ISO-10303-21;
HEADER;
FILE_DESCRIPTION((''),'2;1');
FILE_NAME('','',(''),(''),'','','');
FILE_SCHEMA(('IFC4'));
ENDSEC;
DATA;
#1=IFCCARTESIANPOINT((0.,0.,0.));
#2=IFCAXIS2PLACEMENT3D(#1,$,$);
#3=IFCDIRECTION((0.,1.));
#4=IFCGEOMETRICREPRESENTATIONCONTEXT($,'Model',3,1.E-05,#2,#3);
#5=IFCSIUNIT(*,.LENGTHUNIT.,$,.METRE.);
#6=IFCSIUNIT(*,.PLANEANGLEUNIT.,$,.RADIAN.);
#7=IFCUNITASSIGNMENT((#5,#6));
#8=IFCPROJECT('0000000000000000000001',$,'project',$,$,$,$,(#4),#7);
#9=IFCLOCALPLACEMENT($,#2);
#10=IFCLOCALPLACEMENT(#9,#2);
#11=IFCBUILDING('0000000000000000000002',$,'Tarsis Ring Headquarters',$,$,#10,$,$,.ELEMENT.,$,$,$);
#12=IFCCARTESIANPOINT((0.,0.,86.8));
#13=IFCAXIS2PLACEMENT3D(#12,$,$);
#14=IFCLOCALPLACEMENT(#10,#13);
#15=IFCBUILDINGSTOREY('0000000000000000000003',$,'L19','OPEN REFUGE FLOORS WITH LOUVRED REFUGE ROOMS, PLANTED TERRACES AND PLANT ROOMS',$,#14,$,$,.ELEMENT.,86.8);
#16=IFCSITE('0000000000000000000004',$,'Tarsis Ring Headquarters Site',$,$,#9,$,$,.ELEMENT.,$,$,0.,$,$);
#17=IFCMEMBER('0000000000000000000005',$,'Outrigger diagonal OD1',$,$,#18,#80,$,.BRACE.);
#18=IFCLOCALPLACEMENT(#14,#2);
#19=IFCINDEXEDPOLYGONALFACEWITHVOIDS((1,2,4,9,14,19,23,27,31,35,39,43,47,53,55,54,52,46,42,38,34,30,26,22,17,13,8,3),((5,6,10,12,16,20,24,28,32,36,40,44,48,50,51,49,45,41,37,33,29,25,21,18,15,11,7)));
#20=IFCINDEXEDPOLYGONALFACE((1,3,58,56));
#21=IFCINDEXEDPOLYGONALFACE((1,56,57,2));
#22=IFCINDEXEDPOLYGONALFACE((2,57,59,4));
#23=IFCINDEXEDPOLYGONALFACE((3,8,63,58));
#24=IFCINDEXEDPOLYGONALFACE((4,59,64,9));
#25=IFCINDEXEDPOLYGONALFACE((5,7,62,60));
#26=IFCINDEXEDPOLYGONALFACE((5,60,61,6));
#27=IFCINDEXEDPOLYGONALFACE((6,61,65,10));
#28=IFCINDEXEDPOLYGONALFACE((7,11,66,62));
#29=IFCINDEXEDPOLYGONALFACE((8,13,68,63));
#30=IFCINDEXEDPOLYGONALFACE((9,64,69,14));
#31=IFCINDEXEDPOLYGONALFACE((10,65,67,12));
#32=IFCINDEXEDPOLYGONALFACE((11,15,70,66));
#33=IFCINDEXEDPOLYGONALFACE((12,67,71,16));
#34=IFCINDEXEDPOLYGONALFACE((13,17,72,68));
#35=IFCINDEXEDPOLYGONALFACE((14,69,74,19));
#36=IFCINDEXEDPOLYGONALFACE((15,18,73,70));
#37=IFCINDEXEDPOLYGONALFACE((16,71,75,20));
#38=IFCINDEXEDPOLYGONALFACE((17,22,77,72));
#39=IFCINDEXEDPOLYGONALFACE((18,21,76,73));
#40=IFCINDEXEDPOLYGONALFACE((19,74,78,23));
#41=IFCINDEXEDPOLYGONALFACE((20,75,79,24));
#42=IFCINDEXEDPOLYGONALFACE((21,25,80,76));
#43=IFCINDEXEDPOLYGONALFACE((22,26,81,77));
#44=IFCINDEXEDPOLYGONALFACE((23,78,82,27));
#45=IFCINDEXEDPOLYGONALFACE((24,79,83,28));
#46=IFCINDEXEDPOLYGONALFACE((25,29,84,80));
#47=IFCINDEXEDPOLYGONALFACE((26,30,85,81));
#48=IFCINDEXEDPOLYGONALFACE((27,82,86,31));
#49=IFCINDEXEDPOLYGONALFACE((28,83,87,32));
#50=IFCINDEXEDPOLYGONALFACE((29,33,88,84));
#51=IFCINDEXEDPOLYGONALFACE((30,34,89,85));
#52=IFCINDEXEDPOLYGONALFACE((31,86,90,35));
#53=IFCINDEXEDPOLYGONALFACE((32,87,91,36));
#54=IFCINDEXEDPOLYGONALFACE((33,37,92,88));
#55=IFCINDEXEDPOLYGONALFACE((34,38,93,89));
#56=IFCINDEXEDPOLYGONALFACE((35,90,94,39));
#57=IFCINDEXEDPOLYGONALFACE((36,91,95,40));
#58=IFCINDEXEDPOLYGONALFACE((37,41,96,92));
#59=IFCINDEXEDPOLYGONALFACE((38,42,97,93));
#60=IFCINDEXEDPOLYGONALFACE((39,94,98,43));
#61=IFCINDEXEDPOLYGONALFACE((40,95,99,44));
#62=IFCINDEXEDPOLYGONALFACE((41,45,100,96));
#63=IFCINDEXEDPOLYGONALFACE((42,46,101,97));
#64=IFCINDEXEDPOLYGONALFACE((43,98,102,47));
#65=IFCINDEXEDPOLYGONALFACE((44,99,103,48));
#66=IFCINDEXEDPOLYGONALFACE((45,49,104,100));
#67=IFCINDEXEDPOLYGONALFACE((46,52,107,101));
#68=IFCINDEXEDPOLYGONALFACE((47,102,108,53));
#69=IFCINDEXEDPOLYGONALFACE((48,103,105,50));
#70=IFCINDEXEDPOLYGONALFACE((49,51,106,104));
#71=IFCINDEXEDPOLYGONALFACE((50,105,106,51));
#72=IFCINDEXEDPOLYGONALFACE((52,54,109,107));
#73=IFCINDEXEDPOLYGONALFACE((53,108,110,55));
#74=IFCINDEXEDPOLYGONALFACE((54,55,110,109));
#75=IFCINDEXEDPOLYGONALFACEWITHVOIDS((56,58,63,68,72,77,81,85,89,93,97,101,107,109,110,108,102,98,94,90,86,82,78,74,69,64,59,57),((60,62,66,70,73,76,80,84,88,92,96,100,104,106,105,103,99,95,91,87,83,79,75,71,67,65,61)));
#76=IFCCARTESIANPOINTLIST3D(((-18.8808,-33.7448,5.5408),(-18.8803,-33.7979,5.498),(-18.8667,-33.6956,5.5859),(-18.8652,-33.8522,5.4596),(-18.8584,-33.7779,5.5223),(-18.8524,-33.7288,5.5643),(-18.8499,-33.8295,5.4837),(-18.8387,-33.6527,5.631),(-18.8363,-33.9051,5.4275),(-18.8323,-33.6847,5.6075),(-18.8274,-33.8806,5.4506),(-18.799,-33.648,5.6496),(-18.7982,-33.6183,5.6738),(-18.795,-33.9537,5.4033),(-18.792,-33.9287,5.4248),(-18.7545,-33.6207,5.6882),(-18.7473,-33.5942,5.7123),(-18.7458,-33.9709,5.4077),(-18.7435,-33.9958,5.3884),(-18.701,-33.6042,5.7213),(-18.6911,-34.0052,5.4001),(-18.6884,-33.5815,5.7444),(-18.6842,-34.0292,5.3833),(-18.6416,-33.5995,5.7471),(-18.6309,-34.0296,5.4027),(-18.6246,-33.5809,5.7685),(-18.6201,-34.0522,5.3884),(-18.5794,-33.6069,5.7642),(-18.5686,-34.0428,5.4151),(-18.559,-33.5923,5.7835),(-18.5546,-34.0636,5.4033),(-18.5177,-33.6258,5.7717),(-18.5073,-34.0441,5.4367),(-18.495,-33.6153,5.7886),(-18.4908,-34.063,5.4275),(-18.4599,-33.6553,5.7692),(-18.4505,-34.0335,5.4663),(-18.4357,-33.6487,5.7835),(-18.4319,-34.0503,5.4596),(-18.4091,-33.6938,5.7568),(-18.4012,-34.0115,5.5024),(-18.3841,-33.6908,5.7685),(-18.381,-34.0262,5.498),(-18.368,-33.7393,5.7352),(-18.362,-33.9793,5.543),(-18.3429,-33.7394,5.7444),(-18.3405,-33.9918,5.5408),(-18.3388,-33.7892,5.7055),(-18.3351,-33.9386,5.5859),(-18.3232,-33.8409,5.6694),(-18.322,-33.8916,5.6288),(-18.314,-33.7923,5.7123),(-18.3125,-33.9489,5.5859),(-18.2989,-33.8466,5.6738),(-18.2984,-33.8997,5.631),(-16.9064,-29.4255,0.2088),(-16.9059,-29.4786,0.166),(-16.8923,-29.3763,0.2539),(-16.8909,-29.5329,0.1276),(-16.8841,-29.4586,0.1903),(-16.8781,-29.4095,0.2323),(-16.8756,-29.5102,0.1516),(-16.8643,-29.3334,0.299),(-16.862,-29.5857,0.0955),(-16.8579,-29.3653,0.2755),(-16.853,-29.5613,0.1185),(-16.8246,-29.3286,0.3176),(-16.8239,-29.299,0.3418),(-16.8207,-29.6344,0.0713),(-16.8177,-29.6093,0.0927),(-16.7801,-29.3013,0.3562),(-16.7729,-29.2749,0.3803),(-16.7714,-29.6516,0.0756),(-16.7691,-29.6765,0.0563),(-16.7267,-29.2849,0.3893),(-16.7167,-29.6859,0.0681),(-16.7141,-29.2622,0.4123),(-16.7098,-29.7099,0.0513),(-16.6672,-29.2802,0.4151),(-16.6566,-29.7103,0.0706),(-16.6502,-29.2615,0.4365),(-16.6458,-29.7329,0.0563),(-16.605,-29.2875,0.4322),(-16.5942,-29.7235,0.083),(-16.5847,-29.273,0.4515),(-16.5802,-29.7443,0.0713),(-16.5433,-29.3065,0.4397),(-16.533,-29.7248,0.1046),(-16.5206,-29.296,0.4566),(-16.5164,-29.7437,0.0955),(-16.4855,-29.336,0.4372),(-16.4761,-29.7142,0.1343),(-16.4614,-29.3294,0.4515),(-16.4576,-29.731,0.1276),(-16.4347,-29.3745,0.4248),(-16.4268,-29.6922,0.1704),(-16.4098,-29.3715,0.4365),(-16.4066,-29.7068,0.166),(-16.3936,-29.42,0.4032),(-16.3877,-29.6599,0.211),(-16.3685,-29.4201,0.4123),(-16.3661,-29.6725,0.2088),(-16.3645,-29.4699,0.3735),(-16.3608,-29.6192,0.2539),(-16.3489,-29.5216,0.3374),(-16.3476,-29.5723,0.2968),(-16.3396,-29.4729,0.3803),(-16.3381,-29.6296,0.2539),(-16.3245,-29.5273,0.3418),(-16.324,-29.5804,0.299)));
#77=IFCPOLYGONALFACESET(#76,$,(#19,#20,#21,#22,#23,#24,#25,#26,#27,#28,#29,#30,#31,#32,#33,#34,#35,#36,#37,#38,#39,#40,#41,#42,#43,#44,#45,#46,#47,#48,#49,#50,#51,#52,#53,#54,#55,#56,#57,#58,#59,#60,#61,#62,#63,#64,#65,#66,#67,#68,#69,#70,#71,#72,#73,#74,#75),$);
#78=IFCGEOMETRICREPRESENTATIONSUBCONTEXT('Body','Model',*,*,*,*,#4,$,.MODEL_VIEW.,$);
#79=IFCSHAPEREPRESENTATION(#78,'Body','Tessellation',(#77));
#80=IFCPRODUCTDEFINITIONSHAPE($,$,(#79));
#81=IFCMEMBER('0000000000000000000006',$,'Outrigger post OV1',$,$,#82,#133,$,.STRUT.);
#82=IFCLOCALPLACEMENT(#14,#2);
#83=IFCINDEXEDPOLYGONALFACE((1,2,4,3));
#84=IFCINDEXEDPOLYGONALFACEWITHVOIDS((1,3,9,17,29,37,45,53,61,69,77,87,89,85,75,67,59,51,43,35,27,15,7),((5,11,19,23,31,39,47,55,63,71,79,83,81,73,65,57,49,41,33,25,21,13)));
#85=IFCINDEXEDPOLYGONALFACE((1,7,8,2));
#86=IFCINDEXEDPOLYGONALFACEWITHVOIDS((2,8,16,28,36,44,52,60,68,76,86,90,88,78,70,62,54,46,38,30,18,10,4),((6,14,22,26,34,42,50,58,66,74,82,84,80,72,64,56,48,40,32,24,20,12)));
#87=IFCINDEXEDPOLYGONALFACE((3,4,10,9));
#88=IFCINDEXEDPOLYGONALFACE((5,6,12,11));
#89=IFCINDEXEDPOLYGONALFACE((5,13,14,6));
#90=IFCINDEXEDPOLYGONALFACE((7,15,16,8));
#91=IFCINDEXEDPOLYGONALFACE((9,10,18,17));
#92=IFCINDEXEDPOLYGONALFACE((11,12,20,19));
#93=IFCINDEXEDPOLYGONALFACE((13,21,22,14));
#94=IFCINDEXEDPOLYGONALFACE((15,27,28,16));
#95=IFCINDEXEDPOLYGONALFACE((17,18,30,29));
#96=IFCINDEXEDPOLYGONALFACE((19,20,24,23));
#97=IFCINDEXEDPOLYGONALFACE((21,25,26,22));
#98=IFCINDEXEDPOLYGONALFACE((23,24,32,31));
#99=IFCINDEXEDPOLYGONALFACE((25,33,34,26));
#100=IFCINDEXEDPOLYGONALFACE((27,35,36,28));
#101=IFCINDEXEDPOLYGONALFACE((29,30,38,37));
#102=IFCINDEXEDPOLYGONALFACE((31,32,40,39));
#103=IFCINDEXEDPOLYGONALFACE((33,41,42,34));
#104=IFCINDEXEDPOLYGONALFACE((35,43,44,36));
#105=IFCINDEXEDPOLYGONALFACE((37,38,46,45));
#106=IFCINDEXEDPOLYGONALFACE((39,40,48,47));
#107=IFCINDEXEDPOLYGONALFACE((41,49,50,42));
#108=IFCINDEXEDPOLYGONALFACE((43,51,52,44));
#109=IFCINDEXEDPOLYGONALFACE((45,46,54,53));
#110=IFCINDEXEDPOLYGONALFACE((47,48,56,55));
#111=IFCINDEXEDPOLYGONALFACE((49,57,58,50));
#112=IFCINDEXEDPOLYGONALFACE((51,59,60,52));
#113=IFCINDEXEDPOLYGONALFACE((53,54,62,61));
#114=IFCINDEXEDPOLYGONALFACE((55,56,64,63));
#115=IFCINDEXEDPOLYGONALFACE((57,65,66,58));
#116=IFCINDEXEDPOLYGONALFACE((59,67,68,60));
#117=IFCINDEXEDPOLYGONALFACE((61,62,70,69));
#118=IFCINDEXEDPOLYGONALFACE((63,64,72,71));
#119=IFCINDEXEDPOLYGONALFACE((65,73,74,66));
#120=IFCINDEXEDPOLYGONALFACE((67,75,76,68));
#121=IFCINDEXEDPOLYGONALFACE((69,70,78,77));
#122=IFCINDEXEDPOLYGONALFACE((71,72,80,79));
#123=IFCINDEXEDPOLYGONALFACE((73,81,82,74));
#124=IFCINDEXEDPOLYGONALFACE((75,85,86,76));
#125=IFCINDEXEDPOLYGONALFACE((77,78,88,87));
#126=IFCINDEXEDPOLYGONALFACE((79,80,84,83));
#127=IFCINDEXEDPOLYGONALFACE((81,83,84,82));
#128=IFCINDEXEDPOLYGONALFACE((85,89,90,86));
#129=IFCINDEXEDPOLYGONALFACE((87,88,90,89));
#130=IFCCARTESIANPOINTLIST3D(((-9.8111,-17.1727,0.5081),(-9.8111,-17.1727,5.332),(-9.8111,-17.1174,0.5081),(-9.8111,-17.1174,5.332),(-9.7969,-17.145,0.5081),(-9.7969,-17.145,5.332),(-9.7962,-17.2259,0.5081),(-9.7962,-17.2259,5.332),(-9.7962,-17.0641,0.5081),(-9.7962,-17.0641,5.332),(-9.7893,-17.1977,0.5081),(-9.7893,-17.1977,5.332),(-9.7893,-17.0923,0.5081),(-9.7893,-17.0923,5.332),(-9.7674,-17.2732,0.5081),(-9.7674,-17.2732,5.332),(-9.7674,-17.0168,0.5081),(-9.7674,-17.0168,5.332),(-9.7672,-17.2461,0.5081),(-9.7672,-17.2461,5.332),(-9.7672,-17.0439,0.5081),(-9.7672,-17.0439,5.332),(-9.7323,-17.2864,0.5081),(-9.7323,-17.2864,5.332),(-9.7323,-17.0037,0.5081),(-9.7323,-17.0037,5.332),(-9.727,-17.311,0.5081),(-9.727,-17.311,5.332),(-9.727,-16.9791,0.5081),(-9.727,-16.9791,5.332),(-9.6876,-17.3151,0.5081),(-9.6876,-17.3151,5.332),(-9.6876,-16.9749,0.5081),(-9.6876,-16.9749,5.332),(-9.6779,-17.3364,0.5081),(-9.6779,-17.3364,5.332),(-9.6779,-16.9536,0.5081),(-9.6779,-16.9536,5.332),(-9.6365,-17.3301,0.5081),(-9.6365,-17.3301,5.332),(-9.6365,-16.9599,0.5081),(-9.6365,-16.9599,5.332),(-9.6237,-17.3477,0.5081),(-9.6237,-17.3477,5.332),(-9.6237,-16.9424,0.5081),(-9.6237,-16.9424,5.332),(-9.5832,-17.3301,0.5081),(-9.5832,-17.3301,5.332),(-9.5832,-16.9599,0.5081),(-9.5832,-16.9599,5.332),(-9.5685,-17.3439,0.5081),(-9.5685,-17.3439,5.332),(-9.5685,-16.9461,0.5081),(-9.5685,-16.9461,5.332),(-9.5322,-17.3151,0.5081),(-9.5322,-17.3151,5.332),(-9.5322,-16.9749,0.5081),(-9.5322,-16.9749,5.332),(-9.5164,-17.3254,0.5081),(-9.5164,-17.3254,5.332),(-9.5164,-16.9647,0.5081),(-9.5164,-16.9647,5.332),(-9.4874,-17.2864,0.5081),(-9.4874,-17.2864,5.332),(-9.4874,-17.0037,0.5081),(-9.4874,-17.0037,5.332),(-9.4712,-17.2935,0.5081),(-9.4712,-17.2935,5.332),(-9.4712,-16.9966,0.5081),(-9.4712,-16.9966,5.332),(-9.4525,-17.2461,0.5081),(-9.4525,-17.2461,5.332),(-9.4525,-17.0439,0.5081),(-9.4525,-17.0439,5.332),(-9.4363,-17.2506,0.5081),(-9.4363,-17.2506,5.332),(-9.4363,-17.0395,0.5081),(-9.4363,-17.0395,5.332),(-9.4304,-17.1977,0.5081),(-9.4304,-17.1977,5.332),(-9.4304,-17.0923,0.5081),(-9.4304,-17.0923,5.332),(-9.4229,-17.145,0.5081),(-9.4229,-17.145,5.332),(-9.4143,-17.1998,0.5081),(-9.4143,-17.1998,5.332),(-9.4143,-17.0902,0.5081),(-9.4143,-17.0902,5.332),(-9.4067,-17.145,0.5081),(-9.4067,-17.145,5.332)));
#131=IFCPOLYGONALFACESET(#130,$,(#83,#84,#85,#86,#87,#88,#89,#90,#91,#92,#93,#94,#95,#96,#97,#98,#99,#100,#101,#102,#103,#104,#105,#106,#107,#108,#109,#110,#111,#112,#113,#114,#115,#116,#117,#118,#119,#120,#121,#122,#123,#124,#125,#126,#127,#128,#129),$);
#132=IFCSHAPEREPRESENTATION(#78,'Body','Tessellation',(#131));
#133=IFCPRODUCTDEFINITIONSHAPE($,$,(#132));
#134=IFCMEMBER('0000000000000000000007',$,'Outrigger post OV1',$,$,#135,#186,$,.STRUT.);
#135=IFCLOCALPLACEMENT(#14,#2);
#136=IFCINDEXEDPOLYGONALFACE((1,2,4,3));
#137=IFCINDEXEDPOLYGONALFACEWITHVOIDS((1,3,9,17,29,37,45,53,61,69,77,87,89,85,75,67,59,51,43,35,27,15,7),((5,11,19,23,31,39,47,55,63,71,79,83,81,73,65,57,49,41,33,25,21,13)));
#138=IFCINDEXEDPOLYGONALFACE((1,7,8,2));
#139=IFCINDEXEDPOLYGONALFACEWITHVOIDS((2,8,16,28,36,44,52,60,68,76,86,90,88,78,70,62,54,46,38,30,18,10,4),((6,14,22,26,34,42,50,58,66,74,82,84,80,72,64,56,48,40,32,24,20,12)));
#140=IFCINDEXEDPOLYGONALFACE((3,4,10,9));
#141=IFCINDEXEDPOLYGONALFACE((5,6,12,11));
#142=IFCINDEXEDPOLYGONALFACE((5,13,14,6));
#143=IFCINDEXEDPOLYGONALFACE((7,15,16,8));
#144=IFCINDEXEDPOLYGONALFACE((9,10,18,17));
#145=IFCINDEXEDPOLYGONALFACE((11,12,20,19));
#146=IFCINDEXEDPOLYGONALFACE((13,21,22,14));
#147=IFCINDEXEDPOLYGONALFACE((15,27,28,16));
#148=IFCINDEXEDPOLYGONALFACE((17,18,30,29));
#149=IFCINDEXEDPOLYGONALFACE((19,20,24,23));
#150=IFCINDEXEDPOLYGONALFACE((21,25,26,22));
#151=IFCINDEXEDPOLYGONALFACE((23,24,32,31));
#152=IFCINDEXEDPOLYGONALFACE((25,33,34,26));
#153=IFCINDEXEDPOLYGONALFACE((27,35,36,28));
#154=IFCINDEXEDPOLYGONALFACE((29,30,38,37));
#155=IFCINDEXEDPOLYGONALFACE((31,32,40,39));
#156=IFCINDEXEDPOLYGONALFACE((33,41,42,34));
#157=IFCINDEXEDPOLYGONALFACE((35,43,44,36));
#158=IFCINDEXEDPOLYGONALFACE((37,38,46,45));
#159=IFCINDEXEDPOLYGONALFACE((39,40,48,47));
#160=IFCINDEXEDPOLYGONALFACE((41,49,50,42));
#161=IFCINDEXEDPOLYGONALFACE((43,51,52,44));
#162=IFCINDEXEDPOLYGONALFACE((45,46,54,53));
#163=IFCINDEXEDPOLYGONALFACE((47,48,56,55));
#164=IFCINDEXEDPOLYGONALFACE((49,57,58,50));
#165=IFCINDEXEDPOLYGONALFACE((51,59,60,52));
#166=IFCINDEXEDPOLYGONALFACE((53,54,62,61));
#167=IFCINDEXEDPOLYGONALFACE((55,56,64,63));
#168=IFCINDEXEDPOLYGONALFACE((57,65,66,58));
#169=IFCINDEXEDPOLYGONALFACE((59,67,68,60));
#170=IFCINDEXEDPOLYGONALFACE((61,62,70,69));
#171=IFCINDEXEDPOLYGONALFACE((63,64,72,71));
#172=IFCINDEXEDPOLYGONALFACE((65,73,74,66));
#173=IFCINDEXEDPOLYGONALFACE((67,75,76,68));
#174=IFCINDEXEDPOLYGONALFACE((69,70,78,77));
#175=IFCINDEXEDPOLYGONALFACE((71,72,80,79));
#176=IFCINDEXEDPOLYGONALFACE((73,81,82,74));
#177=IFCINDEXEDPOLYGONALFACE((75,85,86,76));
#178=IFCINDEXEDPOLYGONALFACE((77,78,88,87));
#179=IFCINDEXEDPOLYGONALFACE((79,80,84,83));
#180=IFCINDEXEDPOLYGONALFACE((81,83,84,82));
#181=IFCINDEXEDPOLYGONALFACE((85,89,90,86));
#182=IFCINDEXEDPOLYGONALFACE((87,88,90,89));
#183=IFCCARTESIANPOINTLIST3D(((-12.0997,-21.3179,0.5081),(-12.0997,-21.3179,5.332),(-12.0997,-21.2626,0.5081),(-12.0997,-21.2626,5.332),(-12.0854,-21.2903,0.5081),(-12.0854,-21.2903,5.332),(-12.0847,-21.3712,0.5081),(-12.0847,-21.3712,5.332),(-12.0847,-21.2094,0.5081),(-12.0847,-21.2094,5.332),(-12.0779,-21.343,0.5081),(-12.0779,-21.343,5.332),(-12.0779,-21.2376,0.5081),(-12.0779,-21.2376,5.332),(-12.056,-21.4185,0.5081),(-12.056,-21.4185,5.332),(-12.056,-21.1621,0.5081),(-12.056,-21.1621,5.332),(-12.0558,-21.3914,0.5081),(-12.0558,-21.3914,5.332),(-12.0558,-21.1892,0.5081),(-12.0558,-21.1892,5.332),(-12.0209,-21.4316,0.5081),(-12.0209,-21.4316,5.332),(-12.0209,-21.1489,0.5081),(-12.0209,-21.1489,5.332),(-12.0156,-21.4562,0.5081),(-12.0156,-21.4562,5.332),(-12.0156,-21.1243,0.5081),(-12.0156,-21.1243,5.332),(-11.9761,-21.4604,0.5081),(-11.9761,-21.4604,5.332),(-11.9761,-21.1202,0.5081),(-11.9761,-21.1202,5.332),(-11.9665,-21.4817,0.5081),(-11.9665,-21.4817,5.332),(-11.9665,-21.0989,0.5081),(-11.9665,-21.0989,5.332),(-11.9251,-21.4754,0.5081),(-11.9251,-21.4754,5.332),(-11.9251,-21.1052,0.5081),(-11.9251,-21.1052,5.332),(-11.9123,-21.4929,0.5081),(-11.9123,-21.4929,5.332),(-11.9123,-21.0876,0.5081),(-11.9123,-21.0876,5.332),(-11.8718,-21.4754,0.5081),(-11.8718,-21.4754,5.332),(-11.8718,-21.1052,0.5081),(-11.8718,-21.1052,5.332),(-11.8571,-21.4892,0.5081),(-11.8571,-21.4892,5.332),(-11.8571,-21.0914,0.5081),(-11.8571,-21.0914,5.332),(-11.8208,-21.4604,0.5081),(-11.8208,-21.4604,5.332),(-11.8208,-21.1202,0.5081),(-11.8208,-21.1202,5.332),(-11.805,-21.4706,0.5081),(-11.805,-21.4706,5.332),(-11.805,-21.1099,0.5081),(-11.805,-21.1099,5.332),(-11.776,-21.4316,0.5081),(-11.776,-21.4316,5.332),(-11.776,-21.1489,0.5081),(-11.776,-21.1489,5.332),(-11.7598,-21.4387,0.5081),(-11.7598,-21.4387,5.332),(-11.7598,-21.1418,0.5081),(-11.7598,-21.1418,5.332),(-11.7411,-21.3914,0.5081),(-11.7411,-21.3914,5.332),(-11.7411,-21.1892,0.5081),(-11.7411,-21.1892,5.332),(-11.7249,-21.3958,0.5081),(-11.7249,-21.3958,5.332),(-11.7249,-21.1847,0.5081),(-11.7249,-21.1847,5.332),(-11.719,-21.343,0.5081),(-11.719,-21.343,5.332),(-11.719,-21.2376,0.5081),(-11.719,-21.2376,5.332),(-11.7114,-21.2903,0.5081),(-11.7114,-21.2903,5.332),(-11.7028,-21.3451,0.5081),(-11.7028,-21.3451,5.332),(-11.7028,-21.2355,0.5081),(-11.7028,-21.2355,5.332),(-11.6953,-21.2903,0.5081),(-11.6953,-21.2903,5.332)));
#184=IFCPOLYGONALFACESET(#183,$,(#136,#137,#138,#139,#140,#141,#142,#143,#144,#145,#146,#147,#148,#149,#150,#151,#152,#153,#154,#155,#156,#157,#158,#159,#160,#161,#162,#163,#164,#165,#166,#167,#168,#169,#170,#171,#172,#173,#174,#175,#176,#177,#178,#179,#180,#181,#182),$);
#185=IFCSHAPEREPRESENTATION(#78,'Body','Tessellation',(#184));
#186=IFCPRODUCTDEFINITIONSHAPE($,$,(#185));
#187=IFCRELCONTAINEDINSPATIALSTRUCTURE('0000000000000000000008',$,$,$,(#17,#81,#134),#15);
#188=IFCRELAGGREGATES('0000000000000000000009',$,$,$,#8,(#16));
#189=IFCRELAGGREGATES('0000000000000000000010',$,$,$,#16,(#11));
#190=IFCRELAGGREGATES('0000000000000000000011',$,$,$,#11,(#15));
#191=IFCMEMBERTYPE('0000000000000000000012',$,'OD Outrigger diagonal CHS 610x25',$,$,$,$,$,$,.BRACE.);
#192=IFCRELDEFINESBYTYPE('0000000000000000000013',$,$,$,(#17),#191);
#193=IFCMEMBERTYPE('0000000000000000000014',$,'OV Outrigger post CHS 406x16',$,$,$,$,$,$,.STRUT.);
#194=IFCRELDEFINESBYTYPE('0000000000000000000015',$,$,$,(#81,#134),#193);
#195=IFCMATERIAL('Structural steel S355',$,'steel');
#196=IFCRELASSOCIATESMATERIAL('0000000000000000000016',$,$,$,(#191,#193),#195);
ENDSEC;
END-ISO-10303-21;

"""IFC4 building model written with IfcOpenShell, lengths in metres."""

from ifc_helpers import new_model, si_unit, direction, frame, origin, origin_2d, place, context, subcontext, project, spatial, hollow_circle, extrude, material, material_profile, profile_set, type_object, element, save


model = new_model("IFC4")

# Units and contexts
model_context = context("Model", 3, precision=1e-05, world=origin(), true_north=direction((0.0, 1.0)))
body_context = subcontext(model_context, "Body", "Model", "MODEL_VIEW")
ifc_project = project(units=[si_unit("LENGTHUNIT", "METRE"), si_unit("PLANEANGLEUNIT", "RADIAN")], contexts=[model_context])

# Site, building, storey
site_placement = place(None, origin())
site = spatial("IfcSite", under=ifc_project, at=site_placement, Name="Tarsis Ring Headquarters Site", CompositionType="ELEMENT", RefElevation=0.0)
building_placement = place(site_placement, origin())
building = spatial("IfcBuilding", under=site, at=building_placement, Name="Tarsis Ring Headquarters", CompositionType="ELEMENT")
storey_placement = place(building_placement, frame((0.0, 0.0, 86.8)))
storey = spatial("IfcBuildingStorey", under=building, at=storey_placement, Name="L19", Description="OPEN REFUGE FLOORS WITH LOUVRED REFUGE ROOMS, PLANTED TERRACES AND PLANT ROOMS", CompositionType="ELEMENT", Elevation=86.8)

# Shared definitions
ifc_material_1 = material(Name="Structural steel S355", Category="steel")

# Members
ifc_material_profile_1 = material_profile(ifc_material_1, hollow_circle(Radius=0.3047, WallThickness=0.0249, at=origin_2d()), Name="CHS 610x25")
ifc_profile_set_1 = profile_set([ifc_material_profile_1], Name="Structural steel S355")
member_type_1 = type_object("IfcMemberType", Name="OD Outrigger diagonal CHS 610x25", PredefinedType="BRACE", material=ifc_profile_set_1)
member_1_placement = place(storey_placement, frame((-16.6152, -29.5029, 0.2539), z_axis=(-0.276506, -0.604915, 0.746741), x_axis=(0.909489, -0.415727, 0.0)))
element("IfcMember", 1, at=member_1_placement, inside=storey, type_object=member_type_1, Name="Outrigger diagonal OD1", PredefinedType="BRACE", context=body_context, shape_type="SweptSolid", body=[
    extrude(hollow_circle(Radius=0.3047, WallThickness=0.0249, at=origin_2d()), origin(), (0.0, 0.0, 1.0), 7.1404),
])
ifc_material_profile_2 = material_profile(ifc_material_1, hollow_circle(Radius=0.2031, WallThickness=0.0161, at=origin_2d()), Name="CHS 406x16")
ifc_profile_set_2 = profile_set([ifc_material_profile_2], Name="Structural steel S355")
member_type_2 = type_object("IfcMemberType", Name="OV Outrigger post CHS 406x16", PredefinedType="STRUT", material=ifc_profile_set_2)
for number, where, z_axis, x_axis, name in (
    (2, (-9.6099, -17.145, 0.5081), (0.0, 0.0, 1.0), (1.0, 0.0, 0.0), "Outrigger post OV1"),
    (3, (-11.8984, -21.2903, 0.5081), (0.0, 0.0, 1.0), (1.0, 0.0, 0.0), "Outrigger post OV1"),
):
    element("IfcMember", number, at=place(storey_placement, frame(where, z_axis=z_axis, x_axis=x_axis)), inside=storey, type_object=member_type_2, Name=name, PredefinedType="STRUT", context=body_context, shape_type="SweptSolid", body=[
        extrude(hollow_circle(Radius=0.2031, WallThickness=0.0161, at=origin_2d()), origin(), (0.0, 0.0, 1.0), 4.824),
    ])

save(model, "model.ifc")
